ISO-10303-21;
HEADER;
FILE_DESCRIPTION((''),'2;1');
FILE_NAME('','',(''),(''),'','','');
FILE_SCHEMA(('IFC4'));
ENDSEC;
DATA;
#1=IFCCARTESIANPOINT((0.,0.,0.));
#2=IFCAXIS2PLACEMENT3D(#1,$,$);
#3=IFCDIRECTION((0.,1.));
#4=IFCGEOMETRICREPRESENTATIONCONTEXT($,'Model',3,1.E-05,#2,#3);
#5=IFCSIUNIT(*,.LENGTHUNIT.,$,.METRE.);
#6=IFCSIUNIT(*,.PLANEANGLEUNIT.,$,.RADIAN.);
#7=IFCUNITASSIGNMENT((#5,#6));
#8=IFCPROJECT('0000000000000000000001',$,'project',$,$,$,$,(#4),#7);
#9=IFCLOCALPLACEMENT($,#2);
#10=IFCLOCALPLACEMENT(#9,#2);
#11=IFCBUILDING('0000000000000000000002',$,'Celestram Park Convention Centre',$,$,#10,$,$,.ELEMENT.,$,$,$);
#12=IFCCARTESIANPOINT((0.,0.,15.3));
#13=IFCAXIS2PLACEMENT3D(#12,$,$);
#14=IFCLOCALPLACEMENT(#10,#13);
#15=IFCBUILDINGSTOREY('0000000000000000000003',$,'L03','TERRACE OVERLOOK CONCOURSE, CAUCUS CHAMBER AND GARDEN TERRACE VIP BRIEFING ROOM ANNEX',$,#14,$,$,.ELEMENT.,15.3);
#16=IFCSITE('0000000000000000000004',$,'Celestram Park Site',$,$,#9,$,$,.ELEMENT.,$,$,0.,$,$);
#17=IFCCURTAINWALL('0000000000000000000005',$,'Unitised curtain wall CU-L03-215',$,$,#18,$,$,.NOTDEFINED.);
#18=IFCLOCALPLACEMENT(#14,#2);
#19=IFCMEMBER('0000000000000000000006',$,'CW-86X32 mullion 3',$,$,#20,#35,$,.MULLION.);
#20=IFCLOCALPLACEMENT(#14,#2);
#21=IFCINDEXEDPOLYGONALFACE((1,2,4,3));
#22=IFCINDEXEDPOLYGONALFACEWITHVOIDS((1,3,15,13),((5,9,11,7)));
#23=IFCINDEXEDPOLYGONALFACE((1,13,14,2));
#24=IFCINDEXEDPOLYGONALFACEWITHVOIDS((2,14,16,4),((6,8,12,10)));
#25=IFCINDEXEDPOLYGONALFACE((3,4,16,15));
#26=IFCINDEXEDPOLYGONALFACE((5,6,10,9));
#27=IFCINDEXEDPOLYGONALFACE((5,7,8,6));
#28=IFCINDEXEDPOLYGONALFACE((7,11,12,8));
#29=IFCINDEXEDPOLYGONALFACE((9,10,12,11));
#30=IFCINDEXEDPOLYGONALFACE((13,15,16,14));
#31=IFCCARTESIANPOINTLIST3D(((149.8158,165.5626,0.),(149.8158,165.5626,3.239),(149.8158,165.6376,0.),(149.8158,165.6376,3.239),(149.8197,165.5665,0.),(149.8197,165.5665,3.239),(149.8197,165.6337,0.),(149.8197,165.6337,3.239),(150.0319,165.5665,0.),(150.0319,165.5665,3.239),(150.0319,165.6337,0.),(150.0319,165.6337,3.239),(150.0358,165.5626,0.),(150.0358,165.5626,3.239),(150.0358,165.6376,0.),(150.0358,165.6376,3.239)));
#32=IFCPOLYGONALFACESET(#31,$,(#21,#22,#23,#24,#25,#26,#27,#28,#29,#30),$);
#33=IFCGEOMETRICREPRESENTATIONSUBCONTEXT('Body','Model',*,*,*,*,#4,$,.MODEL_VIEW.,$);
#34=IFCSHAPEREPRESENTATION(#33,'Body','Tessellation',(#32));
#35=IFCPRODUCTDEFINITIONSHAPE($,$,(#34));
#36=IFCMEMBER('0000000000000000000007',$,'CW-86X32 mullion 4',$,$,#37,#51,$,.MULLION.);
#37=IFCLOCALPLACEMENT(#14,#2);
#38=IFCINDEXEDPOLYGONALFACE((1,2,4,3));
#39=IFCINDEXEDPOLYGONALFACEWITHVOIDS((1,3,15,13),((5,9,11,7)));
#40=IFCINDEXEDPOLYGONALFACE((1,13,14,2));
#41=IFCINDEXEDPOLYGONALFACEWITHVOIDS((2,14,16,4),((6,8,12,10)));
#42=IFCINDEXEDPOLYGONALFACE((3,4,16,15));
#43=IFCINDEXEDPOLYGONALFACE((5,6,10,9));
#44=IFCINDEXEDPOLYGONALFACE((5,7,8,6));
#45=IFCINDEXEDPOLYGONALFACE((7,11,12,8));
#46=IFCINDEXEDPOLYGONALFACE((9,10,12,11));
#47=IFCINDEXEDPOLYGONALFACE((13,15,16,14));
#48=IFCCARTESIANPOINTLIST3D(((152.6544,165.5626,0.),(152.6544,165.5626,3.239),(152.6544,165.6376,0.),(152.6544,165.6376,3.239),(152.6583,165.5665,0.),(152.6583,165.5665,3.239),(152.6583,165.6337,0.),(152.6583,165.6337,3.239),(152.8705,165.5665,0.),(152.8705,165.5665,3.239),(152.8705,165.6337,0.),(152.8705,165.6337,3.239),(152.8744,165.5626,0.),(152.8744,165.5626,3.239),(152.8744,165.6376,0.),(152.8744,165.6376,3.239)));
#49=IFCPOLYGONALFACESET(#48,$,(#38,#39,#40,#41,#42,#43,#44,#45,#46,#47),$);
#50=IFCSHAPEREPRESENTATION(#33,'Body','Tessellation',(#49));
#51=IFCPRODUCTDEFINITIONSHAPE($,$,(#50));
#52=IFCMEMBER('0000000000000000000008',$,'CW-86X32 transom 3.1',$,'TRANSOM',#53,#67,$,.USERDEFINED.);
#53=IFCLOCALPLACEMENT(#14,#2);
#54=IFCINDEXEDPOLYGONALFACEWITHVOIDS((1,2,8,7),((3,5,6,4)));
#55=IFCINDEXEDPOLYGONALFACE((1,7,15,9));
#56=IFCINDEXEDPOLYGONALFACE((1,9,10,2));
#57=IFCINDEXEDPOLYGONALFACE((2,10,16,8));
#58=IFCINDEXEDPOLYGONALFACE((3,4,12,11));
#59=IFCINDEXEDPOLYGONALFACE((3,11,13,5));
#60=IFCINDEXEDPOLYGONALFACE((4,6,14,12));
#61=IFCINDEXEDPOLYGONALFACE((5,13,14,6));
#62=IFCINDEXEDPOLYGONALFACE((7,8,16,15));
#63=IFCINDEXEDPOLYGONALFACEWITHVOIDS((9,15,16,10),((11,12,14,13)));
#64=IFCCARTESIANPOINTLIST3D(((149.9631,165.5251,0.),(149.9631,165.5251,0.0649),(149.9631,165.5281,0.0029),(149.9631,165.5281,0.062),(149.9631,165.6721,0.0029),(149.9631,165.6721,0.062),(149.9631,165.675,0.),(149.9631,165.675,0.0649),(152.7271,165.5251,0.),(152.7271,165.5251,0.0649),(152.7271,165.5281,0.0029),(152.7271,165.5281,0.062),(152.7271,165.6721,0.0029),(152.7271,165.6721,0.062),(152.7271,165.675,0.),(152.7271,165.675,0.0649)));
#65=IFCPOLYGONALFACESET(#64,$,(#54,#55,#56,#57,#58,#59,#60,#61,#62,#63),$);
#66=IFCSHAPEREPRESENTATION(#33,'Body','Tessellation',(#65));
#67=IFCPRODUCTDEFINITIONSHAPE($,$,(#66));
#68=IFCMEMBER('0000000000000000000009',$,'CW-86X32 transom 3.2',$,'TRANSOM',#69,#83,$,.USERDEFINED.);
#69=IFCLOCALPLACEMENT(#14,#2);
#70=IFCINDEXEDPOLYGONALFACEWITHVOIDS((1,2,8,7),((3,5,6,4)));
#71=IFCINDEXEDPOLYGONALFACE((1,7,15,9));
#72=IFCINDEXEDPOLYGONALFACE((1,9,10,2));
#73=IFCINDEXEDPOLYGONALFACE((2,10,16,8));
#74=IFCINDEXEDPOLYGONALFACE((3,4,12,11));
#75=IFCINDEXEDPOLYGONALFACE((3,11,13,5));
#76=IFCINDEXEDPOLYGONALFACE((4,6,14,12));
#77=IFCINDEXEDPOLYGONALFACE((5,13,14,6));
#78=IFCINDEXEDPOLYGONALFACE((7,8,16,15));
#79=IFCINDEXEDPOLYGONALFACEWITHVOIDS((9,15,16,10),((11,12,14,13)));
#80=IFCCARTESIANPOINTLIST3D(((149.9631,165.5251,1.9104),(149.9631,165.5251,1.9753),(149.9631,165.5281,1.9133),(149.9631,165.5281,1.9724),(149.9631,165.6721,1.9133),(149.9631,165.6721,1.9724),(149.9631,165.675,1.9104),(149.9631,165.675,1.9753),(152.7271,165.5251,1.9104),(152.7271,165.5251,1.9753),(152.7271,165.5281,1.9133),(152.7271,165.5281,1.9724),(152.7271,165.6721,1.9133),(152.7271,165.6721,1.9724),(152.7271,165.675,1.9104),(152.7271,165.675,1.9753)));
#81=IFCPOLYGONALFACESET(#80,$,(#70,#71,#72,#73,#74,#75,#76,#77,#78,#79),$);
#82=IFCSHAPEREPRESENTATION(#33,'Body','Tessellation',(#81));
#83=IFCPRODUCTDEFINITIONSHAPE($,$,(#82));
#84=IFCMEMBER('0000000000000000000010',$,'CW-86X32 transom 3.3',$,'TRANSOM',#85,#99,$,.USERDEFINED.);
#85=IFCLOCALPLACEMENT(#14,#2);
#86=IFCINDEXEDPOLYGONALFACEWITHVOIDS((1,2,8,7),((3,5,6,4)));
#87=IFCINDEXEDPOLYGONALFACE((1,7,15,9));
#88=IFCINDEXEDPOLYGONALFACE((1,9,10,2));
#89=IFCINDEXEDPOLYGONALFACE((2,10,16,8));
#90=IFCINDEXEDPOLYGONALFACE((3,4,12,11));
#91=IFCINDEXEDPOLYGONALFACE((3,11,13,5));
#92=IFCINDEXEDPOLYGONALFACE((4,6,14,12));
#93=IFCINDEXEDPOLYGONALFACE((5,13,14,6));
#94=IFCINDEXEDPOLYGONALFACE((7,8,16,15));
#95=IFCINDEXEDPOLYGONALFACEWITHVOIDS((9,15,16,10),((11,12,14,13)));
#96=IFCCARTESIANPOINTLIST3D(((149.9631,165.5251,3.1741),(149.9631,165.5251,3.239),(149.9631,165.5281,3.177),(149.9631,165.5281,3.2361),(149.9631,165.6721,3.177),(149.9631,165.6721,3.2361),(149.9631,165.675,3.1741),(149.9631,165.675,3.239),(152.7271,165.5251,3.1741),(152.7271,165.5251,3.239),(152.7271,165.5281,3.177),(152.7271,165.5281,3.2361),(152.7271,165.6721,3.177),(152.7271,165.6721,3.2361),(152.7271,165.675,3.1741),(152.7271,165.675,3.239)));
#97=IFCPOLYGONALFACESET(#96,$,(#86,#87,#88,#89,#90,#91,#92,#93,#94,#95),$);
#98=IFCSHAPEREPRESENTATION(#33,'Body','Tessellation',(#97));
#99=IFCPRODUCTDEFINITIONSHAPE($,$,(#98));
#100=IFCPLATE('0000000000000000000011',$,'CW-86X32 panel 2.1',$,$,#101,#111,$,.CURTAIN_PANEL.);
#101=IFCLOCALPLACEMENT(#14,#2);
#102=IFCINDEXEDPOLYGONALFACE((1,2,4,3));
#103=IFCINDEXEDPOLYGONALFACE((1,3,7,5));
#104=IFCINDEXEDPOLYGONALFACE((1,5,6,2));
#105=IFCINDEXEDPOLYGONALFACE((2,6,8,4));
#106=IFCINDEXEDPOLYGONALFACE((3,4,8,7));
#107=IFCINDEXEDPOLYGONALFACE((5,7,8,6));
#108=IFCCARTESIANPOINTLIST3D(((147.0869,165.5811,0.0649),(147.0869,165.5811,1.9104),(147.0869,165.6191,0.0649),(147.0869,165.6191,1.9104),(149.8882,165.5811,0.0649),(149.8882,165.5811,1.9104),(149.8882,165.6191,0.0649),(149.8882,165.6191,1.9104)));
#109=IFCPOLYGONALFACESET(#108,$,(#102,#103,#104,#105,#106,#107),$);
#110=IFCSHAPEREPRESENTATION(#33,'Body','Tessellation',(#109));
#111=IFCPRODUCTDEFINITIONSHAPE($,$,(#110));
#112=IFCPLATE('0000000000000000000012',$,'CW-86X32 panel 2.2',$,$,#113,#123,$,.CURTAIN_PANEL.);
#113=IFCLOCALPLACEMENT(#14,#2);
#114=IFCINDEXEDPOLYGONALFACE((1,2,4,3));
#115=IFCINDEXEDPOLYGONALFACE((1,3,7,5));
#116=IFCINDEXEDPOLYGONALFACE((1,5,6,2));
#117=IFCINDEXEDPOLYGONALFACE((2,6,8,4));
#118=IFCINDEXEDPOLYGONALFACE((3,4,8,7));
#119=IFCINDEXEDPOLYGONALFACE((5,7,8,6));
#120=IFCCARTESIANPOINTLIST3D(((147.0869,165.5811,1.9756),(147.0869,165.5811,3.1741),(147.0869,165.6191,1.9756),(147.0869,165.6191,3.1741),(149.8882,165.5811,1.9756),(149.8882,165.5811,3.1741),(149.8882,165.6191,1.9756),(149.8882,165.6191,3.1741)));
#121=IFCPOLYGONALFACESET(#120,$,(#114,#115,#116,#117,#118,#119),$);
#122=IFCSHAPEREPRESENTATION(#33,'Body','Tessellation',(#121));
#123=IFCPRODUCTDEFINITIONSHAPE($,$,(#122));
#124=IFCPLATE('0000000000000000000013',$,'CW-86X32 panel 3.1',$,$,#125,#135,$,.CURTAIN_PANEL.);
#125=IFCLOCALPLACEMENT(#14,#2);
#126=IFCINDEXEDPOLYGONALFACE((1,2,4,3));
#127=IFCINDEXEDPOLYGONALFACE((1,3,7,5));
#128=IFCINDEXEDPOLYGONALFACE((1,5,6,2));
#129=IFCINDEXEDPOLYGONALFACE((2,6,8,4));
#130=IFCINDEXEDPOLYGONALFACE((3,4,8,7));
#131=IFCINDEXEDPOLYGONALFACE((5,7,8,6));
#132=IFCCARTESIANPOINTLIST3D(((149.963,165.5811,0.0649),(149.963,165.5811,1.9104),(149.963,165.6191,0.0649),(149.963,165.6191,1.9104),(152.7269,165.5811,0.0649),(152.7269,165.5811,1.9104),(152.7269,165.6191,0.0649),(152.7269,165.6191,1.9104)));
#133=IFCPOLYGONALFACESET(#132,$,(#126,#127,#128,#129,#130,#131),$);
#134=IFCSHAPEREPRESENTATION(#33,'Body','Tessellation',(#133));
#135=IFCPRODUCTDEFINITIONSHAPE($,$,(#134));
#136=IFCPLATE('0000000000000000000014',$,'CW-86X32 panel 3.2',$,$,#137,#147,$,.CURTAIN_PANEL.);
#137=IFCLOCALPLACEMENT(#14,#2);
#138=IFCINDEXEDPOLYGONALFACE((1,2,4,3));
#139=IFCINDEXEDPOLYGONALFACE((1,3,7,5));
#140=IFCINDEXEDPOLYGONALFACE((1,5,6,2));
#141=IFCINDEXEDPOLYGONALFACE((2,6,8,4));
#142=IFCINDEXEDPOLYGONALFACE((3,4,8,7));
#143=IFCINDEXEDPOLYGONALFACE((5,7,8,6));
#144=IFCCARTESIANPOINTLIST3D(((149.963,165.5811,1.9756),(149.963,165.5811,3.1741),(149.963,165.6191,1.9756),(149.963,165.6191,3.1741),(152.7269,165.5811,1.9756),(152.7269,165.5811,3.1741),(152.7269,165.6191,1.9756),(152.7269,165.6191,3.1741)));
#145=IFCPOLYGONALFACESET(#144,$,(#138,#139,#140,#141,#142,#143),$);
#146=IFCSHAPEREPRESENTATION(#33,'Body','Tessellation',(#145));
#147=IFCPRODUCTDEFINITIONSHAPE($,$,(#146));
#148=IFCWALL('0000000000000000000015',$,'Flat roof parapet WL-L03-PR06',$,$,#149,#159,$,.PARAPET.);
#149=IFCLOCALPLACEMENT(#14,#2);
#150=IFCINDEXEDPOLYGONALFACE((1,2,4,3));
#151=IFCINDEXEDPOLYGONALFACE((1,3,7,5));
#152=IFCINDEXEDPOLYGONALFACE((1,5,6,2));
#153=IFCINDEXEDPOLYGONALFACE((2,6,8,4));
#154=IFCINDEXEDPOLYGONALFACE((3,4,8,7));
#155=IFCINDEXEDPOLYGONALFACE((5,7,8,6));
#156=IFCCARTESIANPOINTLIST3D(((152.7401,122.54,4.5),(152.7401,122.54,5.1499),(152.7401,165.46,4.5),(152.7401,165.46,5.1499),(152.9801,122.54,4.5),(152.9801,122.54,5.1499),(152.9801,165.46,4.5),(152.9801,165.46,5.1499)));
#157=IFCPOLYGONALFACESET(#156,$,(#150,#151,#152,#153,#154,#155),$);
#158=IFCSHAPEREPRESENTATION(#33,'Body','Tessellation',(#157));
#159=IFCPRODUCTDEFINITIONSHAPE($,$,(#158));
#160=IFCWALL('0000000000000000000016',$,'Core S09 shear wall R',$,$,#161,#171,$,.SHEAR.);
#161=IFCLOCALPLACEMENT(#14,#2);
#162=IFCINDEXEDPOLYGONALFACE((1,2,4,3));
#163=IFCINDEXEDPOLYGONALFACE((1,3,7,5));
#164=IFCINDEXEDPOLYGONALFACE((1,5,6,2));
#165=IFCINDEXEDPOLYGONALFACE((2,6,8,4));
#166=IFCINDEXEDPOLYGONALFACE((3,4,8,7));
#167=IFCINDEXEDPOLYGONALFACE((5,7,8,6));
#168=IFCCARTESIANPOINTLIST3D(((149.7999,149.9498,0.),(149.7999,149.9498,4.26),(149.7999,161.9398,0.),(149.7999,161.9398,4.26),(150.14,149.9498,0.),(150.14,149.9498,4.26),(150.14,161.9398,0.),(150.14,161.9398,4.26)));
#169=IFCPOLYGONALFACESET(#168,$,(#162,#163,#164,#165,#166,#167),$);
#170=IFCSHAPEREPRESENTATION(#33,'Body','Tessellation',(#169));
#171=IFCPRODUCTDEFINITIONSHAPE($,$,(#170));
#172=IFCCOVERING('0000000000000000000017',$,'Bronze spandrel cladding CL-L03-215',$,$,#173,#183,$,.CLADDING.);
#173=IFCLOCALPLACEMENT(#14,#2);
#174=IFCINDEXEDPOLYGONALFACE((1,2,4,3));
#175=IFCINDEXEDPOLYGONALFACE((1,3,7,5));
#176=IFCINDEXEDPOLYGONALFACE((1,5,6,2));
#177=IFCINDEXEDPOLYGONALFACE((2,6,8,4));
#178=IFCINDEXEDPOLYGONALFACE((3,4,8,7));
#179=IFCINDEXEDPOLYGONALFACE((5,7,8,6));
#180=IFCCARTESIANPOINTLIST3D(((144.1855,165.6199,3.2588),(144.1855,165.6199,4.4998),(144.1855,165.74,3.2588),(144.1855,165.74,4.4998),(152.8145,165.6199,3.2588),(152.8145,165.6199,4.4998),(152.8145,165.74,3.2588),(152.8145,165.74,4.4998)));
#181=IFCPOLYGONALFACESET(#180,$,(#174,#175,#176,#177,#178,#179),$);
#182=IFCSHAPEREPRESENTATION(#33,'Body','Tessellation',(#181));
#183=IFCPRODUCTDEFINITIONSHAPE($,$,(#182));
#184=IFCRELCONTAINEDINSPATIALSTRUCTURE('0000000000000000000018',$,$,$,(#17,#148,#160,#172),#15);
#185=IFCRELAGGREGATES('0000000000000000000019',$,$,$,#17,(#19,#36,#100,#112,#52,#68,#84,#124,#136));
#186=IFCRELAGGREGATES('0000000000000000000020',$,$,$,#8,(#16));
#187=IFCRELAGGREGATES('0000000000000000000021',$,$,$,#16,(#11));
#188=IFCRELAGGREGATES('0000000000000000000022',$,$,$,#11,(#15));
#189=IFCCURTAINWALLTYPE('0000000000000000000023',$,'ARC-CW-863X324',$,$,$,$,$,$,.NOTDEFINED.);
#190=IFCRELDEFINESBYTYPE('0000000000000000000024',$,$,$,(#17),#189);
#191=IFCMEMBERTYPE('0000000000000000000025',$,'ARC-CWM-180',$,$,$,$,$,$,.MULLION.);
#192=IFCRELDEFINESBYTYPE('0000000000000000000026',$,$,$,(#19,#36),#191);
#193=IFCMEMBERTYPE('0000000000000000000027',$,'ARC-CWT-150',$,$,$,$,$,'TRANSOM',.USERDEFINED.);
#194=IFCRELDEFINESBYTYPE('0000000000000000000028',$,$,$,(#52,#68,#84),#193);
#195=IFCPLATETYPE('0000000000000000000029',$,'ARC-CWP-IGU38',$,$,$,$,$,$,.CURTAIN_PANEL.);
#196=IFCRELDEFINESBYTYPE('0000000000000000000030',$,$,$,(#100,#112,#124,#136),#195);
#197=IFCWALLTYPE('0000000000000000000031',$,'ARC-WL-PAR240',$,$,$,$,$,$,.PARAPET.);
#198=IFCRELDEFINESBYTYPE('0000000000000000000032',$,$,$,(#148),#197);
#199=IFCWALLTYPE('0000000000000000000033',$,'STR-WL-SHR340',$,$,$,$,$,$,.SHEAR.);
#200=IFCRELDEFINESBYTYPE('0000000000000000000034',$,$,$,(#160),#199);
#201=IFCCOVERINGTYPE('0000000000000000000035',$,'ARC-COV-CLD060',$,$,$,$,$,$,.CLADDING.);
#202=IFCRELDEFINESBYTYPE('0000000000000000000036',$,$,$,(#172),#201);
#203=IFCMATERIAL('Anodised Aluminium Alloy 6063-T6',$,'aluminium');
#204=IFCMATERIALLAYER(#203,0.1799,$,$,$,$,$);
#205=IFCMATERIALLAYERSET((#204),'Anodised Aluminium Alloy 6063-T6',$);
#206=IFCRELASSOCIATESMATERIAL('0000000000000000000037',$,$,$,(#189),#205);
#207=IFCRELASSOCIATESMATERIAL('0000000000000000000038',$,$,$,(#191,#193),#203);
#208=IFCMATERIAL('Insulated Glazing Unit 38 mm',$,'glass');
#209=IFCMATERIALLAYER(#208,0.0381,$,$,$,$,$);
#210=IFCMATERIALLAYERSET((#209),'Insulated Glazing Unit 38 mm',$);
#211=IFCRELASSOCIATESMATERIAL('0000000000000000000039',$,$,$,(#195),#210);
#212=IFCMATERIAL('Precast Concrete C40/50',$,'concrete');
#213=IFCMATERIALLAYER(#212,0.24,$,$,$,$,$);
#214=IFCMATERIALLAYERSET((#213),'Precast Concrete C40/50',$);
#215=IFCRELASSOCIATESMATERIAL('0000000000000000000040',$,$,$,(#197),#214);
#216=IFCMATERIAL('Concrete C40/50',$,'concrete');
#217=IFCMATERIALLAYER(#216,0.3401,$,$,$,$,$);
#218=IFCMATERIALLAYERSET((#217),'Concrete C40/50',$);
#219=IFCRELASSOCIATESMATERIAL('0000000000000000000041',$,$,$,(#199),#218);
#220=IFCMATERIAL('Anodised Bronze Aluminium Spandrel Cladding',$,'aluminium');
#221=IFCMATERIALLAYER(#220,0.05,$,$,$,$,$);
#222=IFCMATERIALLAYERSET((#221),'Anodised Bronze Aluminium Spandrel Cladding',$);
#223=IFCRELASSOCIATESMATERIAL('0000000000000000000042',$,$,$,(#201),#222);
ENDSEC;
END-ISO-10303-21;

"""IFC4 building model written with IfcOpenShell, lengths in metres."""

from ifc_helpers import new_model, si_unit, direction, frame, frame_2d, origin, origin_2d, place, context, subcontext, project, spatial, rectangle, hollow_rectangle, extrude, material, layer, layer_set, material_profile, profile_set, type_object, element, aggregate, save


model = new_model("IFC4")

# Units and contexts
model_context = context("Model", 3, precision=1e-05, world=origin(), true_north=direction((0.0, 1.0)))
body_context = subcontext(model_context, "Body", "Model", "MODEL_VIEW")
ifc_project = project(units=[si_unit("LENGTHUNIT", "METRE"), si_unit("PLANEANGLEUNIT", "RADIAN")], contexts=[model_context])

# Site, building, storey
site_placement = place(None, origin())
site = spatial("IfcSite", under=ifc_project, at=site_placement, Name="Celestram Park Site", CompositionType="ELEMENT", RefElevation=0.0)
building_placement = place(site_placement, origin())
building = spatial("IfcBuilding", under=site, at=building_placement, Name="Celestram Park Convention Centre", CompositionType="ELEMENT")
storey_placement = place(building_placement, frame((0.0, 0.0, 15.3)))
storey = spatial("IfcBuildingStorey", under=building, at=storey_placement, Name="L03", Description="TERRACE OVERLOOK CONCOURSE, CAUCUS CHAMBER AND GARDEN TERRACE VIP BRIEFING ROOM ANNEX", CompositionType="ELEMENT", Elevation=15.3)

# Curtain wall, members, plates
ifc_material_1 = material(Name="Anodised Aluminium Alloy 6063-T6", Category="aluminium")
ifc_layer_1 = layer(ifc_material_1, 0.1799)
ifc_layer_set_1 = layer_set([ifc_layer_1], Name="Anodised Aluminium Alloy 6063-T6")
curtain_wall_type = type_object("IfcCurtainWallType", Name="ARC-CW-863X324", PredefinedType="NOTDEFINED", material=ifc_layer_set_1)
curtain_wall_placement = place(storey_placement, origin())
curtain_wall = element("IfcCurtainWall", 1, at=curtain_wall_placement, inside=storey, type_object=curtain_wall_type, Name="Unitised curtain wall CU-L03-215", PredefinedType="NOTDEFINED")
ifc_material_profile_1 = material_profile(ifc_material_1, hollow_rectangle(XDim=0.075, YDim=0.22, WallThickness=0.0039, at=origin_2d()), Name="ALU75X220X4")
ifc_profile_set_1 = profile_set([ifc_material_profile_1], Name="Anodised Aluminium Alloy 6063-T6")
member_type_1 = type_object("IfcMemberType", Name="ARC-CWM-180", PredefinedType="MULLION", material=ifc_profile_set_1)
member_1_placement = place(storey_placement, frame((149.9258, 165.6001, 0.0), z_axis=(0.0, 0.0, 1.0), x_axis=(0.0, 1.0, 0.0)))
member_1 = element("IfcMember", 2, at=member_1_placement, type_object=member_type_1, Name="CW-86X32 mullion 3", PredefinedType="MULLION", context=body_context, shape_type="SweptSolid", body=[
    extrude(hollow_rectangle(XDim=0.075, YDim=0.22, WallThickness=0.0039, at=origin_2d()), origin(), (0.0, 0.0, 1.0), 3.239),
])
member_2_placement = place(storey_placement, frame((152.7644, 165.6001, 0.0), z_axis=(0.0, 0.0, 1.0), x_axis=(0.0, 1.0, 0.0)))
member_2 = element("IfcMember", 3, at=member_2_placement, type_object=member_type_1, Name="CW-86X32 mullion 4", PredefinedType="MULLION", context=body_context, shape_type="SweptSolid", body=[
    extrude(hollow_rectangle(XDim=0.075, YDim=0.22, WallThickness=0.0039, at=origin_2d()), origin(), (0.0, 0.0, 1.0), 3.239),
])
ifc_material_profile_2 = material_profile(ifc_material_1, hollow_rectangle(XDim=0.1499, YDim=0.0649, WallThickness=0.0029, at=origin_2d()), Name="ALU150X65X3")
ifc_profile_set_2 = profile_set([ifc_material_profile_2], Name="Anodised Aluminium Alloy 6063-T6")
member_type_2 = type_object("IfcMemberType", Name="ARC-CWT-150", ElementType="TRANSOM", PredefinedType="USERDEFINED", material=ifc_profile_set_2)
member_3_placement = place(storey_placement, frame((149.9631, 165.6001, 0.0325), z_axis=(1.0, 0.0, 0.0), x_axis=(0.0, 1.0, 0.0)))
member_3 = element("IfcMember", 4, at=member_3_placement, type_object=member_type_2, Name="CW-86X32 transom 3.1", ObjectType="TRANSOM", PredefinedType="USERDEFINED", context=body_context, shape_type="SweptSolid", body=[
    extrude(hollow_rectangle(XDim=0.1499, YDim=0.0649, WallThickness=0.0029, at=origin_2d()), origin(), (0.0, 0.0, 1.0), 2.7639),
])
member_4_placement = place(storey_placement, frame((149.9631, 165.6001, 1.9429), z_axis=(1.0, 0.0, 0.0), x_axis=(0.0, 1.0, 0.0)))
member_4 = element("IfcMember", 5, at=member_4_placement, type_object=member_type_2, Name="CW-86X32 transom 3.2", ObjectType="TRANSOM", PredefinedType="USERDEFINED", context=body_context, shape_type="SweptSolid", body=[
    extrude(hollow_rectangle(XDim=0.1499, YDim=0.0649, WallThickness=0.0029, at=origin_2d()), origin(), (0.0, 0.0, 1.0), 2.7639),
])
member_5_placement = place(storey_placement, frame((149.9631, 165.6001, 3.2065), z_axis=(1.0, 0.0, 0.0), x_axis=(0.0, 1.0, 0.0)))
member_5 = element("IfcMember", 6, at=member_5_placement, type_object=member_type_2, Name="CW-86X32 transom 3.3", ObjectType="TRANSOM", PredefinedType="USERDEFINED", context=body_context, shape_type="SweptSolid", body=[
    extrude(hollow_rectangle(XDim=0.1499, YDim=0.0649, WallThickness=0.0029, at=origin_2d()), origin(), (0.0, 0.0, 1.0), 2.7639),
])
ifc_material_2 = material(Name="Insulated Glazing Unit 38 mm", Category="glass")
ifc_layer_2 = layer(ifc_material_2, 0.0381)
ifc_layer_set_2 = layer_set([ifc_layer_2], Name="Insulated Glazing Unit 38 mm")
plate_type = type_object("IfcPlateType", Name="ARC-CWP-IGU38", PredefinedType="CURTAIN_PANEL", material=ifc_layer_set_2)
plate_1_placement = place(storey_placement, frame((148.4875, 165.6001, 0.0649), z_axis=(0.0, 0.0, 1.0), x_axis=(1.0, 0.0, 0.0)))
plate_1 = element("IfcPlate", 7, at=plate_1_placement, type_object=plate_type, Name="CW-86X32 panel 2.1", PredefinedType="CURTAIN_PANEL", context=body_context, shape_type="SweptSolid", body=[
    extrude(rectangle(XDim=2.8013, YDim=0.0381, at=origin_2d()), origin(), (0.0, 0.0, 1.0), 1.8455),
])
plate_2_placement = place(storey_placement, frame((148.4875, 165.6001, 1.9756), z_axis=(0.0, 0.0, 1.0), x_axis=(1.0, 0.0, 0.0)))
plate_2 = element("IfcPlate", 8, at=plate_2_placement, type_object=plate_type, Name="CW-86X32 panel 2.2", PredefinedType="CURTAIN_PANEL", context=body_context, shape_type="SweptSolid", body=[
    extrude(rectangle(XDim=2.8013, YDim=0.0381, at=origin_2d()), origin(), (0.0, 0.0, 1.0), 1.1985),
])
plate_3_placement = place(storey_placement, frame((151.345, 165.6001, 0.0649), z_axis=(0.0, 0.0, 1.0), x_axis=(1.0, 0.0, 0.0)))
plate_3 = element("IfcPlate", 9, at=plate_3_placement, type_object=plate_type, Name="CW-86X32 panel 3.1", PredefinedType="CURTAIN_PANEL", context=body_context, shape_type="SweptSolid", body=[
    extrude(rectangle(XDim=2.7639, YDim=0.0381, at=origin_2d()), origin(), (0.0, 0.0, 1.0), 1.8455),
])
plate_4_placement = place(storey_placement, frame((151.345, 165.6001, 1.9756), z_axis=(0.0, 0.0, 1.0), x_axis=(1.0, 0.0, 0.0)))
plate_4 = element("IfcPlate", 10, at=plate_4_placement, type_object=plate_type, Name="CW-86X32 panel 3.2", PredefinedType="CURTAIN_PANEL", context=body_context, shape_type="SweptSolid", body=[
    extrude(rectangle(XDim=2.7639, YDim=0.0381, at=origin_2d()), origin(), (0.0, 0.0, 1.0), 1.1985),
])
aggregate(curtain_wall, [member_1, member_2, plate_1, plate_2, member_3, member_4, member_5, plate_3, plate_4])

# Walls
ifc_material_3 = material(Name="Precast Concrete C40/50", Category="concrete")
ifc_layer_3 = layer(ifc_material_3, 0.24)
ifc_layer_set_3 = layer_set([ifc_layer_3], Name="Precast Concrete C40/50")
wall_type_1 = type_object("IfcWallType", Name="ARC-WL-PAR240", PredefinedType="PARAPET", material=ifc_layer_set_3)
wall_1_placement = place(storey_placement, frame((152.8601, 165.46, 4.5), z_axis=(0.0, 0.0, 1.0), x_axis=(0.0, -1.0, 0.0)))
element("IfcWall", 11, at=wall_1_placement, inside=storey, type_object=wall_type_1, Name="Flat roof parapet WL-L03-PR06", PredefinedType="PARAPET", context=body_context, shape_type="SweptSolid", body=[
    extrude(rectangle(XDim=42.9199, YDim=0.24, at=frame_2d((21.46, 0.0))), origin(), (0.0, 0.0, 1.0), 0.6499),
])
ifc_material_4 = material(Name="Concrete C40/50", Category="concrete")
ifc_layer_4 = layer(ifc_material_4, 0.3401)
ifc_layer_set_4 = layer_set([ifc_layer_4], Name="Concrete C40/50")
wall_type_2 = type_object("IfcWallType", Name="STR-WL-SHR340", PredefinedType="SHEAR", material=ifc_layer_set_4)
wall_2_placement = place(storey_placement, frame((149.97, 161.9399, 0.0), z_axis=(0.0, 0.0, 1.0), x_axis=(0.0, -1.0, 0.0)))
element("IfcWall", 12, at=wall_2_placement, inside=storey, type_object=wall_type_2, Name="Core S09 shear wall R", PredefinedType="SHEAR", context=body_context, shape_type="SweptSolid", body=[
    extrude(rectangle(XDim=11.99, YDim=0.3401, at=frame_2d((5.9951, 0.0))), origin(), (0.0, 0.0, 1.0), 4.26),
])

# Covering
ifc_material_5 = material(Name="Anodised Bronze Aluminium Spandrel Cladding", Category="aluminium")
ifc_layer_5 = layer(ifc_material_5, 0.05)
ifc_layer_set_5 = layer_set([ifc_layer_5], Name="Anodised Bronze Aluminium Spandrel Cladding")
covering_type_1 = type_object("IfcCoveringType", Name="ARC-COV-CLD060", PredefinedType="CLADDING", material=ifc_layer_set_5)
covering_1_placement = place(storey_placement, frame((148.5, 165.6799, 3.2588), z_axis=(0.0, 0.0, 1.0), x_axis=(1.0, 0.0, 0.0)))
element("IfcCovering", 13, at=covering_1_placement, inside=storey, type_object=covering_type_1, Name="Bronze spandrel cladding CL-L03-215", PredefinedType="CLADDING", context=body_context, shape_type="SweptSolid", body=[
    extrude(rectangle(XDim=8.6289, YDim=0.1201, at=origin_2d()), origin(), (0.0, 0.0, 1.0), 1.241),
])

save(model, "model.ifc")
